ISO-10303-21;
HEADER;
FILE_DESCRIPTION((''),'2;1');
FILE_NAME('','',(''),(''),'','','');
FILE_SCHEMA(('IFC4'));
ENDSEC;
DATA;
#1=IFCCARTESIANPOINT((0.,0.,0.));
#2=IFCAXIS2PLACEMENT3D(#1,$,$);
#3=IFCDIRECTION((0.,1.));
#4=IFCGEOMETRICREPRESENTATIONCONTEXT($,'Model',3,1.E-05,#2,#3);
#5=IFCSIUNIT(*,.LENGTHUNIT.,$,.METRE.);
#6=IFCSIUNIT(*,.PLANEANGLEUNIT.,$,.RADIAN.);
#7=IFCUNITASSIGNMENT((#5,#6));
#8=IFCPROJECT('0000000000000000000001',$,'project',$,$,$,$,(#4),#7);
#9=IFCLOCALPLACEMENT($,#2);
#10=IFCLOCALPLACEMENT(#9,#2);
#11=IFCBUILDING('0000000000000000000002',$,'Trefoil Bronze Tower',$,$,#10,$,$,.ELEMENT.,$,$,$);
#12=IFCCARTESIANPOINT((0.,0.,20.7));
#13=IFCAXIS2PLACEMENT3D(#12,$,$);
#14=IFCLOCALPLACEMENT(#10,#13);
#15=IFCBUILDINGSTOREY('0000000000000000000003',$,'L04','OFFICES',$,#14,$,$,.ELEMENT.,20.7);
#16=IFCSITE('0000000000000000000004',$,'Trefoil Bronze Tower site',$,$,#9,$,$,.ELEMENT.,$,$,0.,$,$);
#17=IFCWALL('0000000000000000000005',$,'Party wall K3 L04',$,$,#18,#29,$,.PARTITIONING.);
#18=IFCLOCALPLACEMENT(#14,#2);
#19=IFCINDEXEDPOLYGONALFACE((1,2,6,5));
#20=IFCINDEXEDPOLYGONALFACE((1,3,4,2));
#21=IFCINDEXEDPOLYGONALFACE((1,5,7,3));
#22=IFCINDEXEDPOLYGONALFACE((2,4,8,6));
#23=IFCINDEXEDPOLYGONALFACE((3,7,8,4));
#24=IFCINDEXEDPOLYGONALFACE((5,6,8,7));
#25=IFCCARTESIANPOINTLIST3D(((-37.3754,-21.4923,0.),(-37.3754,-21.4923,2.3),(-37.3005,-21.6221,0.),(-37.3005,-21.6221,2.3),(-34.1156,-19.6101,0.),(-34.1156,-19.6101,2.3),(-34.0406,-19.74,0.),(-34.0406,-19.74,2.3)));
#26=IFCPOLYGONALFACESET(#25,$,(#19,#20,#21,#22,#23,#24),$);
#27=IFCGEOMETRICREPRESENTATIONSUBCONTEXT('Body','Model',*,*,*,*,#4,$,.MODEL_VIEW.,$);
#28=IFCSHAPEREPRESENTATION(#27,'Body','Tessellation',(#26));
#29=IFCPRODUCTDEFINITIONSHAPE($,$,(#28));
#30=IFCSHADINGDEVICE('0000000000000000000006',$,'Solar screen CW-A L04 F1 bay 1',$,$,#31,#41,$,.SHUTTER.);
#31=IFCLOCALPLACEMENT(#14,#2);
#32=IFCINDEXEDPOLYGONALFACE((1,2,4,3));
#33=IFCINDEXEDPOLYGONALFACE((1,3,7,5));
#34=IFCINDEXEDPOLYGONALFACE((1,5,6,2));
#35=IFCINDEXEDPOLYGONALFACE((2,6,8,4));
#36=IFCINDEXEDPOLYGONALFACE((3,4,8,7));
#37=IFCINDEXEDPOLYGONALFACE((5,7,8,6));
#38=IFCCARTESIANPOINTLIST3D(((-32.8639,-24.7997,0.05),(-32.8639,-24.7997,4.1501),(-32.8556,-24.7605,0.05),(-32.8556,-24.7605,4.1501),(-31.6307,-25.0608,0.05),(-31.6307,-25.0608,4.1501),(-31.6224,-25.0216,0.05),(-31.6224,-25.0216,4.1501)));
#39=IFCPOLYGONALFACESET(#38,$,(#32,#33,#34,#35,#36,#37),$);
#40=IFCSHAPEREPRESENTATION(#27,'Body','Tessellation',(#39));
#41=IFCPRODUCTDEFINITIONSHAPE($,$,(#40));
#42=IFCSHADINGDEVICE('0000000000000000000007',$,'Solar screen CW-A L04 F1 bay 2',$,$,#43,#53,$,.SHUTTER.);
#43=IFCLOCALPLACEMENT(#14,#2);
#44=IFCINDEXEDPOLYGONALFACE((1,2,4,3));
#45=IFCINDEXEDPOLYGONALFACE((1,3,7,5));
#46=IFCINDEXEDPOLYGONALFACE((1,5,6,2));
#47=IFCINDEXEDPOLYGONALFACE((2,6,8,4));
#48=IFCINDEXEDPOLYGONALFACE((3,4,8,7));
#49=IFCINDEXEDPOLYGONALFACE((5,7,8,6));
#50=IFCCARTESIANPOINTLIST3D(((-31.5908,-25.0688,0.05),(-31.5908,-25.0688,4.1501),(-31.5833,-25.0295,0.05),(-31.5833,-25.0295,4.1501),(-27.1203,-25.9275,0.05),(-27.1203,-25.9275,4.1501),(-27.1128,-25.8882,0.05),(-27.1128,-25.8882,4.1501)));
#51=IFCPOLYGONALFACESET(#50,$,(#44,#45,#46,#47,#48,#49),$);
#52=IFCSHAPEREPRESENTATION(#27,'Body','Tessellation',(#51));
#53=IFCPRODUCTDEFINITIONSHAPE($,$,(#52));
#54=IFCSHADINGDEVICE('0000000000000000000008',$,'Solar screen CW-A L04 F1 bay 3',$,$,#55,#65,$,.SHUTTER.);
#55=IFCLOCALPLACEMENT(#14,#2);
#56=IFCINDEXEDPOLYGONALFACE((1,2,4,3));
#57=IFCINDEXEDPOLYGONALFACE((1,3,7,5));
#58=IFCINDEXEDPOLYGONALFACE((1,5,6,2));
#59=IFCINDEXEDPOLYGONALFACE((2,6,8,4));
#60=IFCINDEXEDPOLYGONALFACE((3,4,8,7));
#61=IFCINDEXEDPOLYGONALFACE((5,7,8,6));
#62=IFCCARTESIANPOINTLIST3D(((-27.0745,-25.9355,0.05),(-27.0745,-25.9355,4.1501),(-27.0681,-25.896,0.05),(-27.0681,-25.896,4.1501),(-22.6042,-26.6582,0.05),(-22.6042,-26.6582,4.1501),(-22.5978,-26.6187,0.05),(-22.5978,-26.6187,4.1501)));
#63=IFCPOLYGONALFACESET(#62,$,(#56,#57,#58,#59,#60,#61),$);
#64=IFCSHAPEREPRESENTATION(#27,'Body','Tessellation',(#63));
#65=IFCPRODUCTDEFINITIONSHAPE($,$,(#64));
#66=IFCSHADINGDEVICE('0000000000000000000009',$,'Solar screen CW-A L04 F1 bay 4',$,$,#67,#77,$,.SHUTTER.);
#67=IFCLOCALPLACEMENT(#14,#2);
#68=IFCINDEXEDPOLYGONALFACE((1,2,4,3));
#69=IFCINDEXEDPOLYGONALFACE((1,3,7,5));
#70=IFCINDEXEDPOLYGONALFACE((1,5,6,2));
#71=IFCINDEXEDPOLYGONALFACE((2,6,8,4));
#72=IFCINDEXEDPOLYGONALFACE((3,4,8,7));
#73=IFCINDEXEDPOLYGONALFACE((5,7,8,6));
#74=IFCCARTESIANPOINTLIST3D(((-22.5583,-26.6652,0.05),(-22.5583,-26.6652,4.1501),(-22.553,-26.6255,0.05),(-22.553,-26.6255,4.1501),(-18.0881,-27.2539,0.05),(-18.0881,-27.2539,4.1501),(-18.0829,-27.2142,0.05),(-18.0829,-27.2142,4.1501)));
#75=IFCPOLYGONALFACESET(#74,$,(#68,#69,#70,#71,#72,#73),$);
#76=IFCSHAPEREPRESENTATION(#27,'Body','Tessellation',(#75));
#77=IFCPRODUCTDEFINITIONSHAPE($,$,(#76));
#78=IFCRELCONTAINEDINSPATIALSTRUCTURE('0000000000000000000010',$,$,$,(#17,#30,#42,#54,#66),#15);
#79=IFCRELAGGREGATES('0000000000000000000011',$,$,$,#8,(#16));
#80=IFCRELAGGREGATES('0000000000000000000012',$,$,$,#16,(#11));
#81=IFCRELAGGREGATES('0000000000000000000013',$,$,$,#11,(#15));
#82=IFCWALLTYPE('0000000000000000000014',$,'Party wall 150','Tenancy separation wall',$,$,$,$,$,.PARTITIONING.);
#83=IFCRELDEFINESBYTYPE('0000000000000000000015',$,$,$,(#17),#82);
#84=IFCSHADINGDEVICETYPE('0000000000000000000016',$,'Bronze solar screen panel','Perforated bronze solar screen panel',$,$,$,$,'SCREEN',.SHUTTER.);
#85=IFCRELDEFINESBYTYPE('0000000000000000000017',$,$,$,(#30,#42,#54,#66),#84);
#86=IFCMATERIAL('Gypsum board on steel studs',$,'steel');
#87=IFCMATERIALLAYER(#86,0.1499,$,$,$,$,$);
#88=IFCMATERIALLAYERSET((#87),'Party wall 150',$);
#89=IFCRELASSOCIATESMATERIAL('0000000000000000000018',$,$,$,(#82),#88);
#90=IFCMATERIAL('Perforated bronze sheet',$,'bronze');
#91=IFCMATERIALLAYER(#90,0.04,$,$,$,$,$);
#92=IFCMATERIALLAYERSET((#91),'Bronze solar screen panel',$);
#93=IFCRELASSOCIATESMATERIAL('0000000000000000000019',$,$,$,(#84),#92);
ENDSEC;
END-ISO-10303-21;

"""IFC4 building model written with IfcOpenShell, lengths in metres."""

from ifc_helpers import new_model, si_unit, direction, frame, frame_2d, origin, origin_2d, place, context, subcontext, project, spatial, rectangle, extrude, material, layer, layer_set, type_object, element, save


model = new_model("IFC4")

# Units and contexts
model_context = context("Model", 3, precision=1e-05, world=origin(), true_north=direction((0.0, 1.0)))
body_context = subcontext(model_context, "Body", "Model", "MODEL_VIEW")
ifc_project = project(units=[si_unit("LENGTHUNIT", "METRE"), si_unit("PLANEANGLEUNIT", "RADIAN")], contexts=[model_context])

# Site, building, storey
site_placement = place(None, origin())
site = spatial("IfcSite", under=ifc_project, at=site_placement, Name="Trefoil Bronze Tower site", CompositionType="ELEMENT", RefElevation=0.0)
building_placement = place(site_placement, origin())
building = spatial("IfcBuilding", under=site, at=building_placement, Name="Trefoil Bronze Tower", CompositionType="ELEMENT")
storey_placement = place(building_placement, frame((0.0, 0.0, 20.7)))
storey = spatial("IfcBuildingStorey", under=building, at=storey_placement, Name="L04", Description="OFFICES", CompositionType="ELEMENT", Elevation=20.7)

# Wall
ifc_material_1 = material(Name="Gypsum board on steel studs", Category="steel")
ifc_layer_1 = layer(ifc_material_1, 0.1499)
ifc_layer_set_1 = layer_set([ifc_layer_1], Name="Party wall 150")
wall_type = type_object("IfcWallType", Name="Party wall 150", Description="Tenancy separation wall", PredefinedType="PARTITIONING", material=ifc_layer_set_1)
wall_placement = place(storey_placement, frame((-34.0781, -19.675, 0.0), z_axis=(0.0, 0.0, 1.0), x_axis=(-0.866019, -0.500011, 0.0)))
element("IfcWall", 1, at=wall_placement, inside=storey, type_object=wall_type, Name="Party wall K3 L04", PredefinedType="PARTITIONING", context=body_context, shape_type="SweptSolid", body=[
    extrude(rectangle(XDim=3.7642, YDim=0.1499, at=frame_2d((1.8821, 0.0))), origin(), (0.0, 0.0, 1.0), 2.3),
])

# Shading devices
ifc_material_2 = material(Name="Perforated bronze sheet", Category="bronze")
ifc_layer_2 = layer(ifc_material_2, 0.04)
ifc_layer_set_2 = layer_set([ifc_layer_2], Name="Bronze solar screen panel")
shading_device_type = type_object("IfcShadingDeviceType", Name="Bronze solar screen panel", Description="Perforated bronze solar screen panel", ElementType="SCREEN", PredefinedType="SHUTTER", material=ifc_layer_set_2)
shading_device_1_placement = place(storey_placement, frame((-32.2432, -24.9106, 0.05), z_axis=(0.0, 0.0, 1.0), x_axis=(0.978303, -0.207181, 0.0)))
element("IfcShadingDevice", 2, at=shading_device_1_placement, inside=storey, type_object=shading_device_type, Name="Solar screen CW-A L04 F1 bay 1", PredefinedType="SHUTTER", context=body_context, shape_type="SweptSolid", body=[
    extrude(rectangle(XDim=1.2605, YDim=0.04, at=origin_2d()), origin(), (0.0, 0.0, 1.0), 4.1001),
])
shading_device_2_placement = place(storey_placement, frame((-29.3518, -25.4785, 0.05), z_axis=(0.0, 0.0, 1.0), x_axis=(0.98205, -0.188622, 0.0)))
element("IfcShadingDevice", 3, at=shading_device_2_placement, inside=storey, type_object=shading_device_type, Name="Solar screen CW-A L04 F1 bay 2", PredefinedType="SHUTTER", context=body_context, shape_type="SweptSolid", body=[
    extrude(rectangle(XDim=4.5522, YDim=0.04, at=origin_2d()), origin(), (0.0, 0.0, 1.0), 4.1001),
])
shading_device_3_placement = place(storey_placement, frame((-24.8362, -26.2771, 0.05), z_axis=(0.0, 0.0, 1.0), x_axis=(0.987181, -0.159603, 0.0)))
element("IfcShadingDevice", 4, at=shading_device_3_placement, inside=storey, type_object=shading_device_type, Name="Solar screen CW-A L04 F1 bay 3", PredefinedType="SHUTTER", context=body_context, shape_type="SweptSolid", body=[
    extrude(rectangle(XDim=4.5283, YDim=0.04, at=origin_2d()), origin(), (0.0, 0.0, 1.0), 4.1001),
])
shading_device_4_placement = place(storey_placement, frame((-20.3206, -26.9397, 0.05), z_axis=(0.0, 0.0, 1.0), x_axis=(0.991437, -0.130584, 0.0)))
element("IfcShadingDevice", 5, at=shading_device_4_placement, inside=storey, type_object=shading_device_type, Name="Solar screen CW-A L04 F1 bay 4", PredefinedType="SHUTTER", context=body_context, shape_type="SweptSolid", body=[
    extrude(rectangle(XDim=4.5088, YDim=0.04, at=origin_2d()), origin(), (0.0, 0.0, 1.0), 4.1001),
])

save(model, "model.ifc")
